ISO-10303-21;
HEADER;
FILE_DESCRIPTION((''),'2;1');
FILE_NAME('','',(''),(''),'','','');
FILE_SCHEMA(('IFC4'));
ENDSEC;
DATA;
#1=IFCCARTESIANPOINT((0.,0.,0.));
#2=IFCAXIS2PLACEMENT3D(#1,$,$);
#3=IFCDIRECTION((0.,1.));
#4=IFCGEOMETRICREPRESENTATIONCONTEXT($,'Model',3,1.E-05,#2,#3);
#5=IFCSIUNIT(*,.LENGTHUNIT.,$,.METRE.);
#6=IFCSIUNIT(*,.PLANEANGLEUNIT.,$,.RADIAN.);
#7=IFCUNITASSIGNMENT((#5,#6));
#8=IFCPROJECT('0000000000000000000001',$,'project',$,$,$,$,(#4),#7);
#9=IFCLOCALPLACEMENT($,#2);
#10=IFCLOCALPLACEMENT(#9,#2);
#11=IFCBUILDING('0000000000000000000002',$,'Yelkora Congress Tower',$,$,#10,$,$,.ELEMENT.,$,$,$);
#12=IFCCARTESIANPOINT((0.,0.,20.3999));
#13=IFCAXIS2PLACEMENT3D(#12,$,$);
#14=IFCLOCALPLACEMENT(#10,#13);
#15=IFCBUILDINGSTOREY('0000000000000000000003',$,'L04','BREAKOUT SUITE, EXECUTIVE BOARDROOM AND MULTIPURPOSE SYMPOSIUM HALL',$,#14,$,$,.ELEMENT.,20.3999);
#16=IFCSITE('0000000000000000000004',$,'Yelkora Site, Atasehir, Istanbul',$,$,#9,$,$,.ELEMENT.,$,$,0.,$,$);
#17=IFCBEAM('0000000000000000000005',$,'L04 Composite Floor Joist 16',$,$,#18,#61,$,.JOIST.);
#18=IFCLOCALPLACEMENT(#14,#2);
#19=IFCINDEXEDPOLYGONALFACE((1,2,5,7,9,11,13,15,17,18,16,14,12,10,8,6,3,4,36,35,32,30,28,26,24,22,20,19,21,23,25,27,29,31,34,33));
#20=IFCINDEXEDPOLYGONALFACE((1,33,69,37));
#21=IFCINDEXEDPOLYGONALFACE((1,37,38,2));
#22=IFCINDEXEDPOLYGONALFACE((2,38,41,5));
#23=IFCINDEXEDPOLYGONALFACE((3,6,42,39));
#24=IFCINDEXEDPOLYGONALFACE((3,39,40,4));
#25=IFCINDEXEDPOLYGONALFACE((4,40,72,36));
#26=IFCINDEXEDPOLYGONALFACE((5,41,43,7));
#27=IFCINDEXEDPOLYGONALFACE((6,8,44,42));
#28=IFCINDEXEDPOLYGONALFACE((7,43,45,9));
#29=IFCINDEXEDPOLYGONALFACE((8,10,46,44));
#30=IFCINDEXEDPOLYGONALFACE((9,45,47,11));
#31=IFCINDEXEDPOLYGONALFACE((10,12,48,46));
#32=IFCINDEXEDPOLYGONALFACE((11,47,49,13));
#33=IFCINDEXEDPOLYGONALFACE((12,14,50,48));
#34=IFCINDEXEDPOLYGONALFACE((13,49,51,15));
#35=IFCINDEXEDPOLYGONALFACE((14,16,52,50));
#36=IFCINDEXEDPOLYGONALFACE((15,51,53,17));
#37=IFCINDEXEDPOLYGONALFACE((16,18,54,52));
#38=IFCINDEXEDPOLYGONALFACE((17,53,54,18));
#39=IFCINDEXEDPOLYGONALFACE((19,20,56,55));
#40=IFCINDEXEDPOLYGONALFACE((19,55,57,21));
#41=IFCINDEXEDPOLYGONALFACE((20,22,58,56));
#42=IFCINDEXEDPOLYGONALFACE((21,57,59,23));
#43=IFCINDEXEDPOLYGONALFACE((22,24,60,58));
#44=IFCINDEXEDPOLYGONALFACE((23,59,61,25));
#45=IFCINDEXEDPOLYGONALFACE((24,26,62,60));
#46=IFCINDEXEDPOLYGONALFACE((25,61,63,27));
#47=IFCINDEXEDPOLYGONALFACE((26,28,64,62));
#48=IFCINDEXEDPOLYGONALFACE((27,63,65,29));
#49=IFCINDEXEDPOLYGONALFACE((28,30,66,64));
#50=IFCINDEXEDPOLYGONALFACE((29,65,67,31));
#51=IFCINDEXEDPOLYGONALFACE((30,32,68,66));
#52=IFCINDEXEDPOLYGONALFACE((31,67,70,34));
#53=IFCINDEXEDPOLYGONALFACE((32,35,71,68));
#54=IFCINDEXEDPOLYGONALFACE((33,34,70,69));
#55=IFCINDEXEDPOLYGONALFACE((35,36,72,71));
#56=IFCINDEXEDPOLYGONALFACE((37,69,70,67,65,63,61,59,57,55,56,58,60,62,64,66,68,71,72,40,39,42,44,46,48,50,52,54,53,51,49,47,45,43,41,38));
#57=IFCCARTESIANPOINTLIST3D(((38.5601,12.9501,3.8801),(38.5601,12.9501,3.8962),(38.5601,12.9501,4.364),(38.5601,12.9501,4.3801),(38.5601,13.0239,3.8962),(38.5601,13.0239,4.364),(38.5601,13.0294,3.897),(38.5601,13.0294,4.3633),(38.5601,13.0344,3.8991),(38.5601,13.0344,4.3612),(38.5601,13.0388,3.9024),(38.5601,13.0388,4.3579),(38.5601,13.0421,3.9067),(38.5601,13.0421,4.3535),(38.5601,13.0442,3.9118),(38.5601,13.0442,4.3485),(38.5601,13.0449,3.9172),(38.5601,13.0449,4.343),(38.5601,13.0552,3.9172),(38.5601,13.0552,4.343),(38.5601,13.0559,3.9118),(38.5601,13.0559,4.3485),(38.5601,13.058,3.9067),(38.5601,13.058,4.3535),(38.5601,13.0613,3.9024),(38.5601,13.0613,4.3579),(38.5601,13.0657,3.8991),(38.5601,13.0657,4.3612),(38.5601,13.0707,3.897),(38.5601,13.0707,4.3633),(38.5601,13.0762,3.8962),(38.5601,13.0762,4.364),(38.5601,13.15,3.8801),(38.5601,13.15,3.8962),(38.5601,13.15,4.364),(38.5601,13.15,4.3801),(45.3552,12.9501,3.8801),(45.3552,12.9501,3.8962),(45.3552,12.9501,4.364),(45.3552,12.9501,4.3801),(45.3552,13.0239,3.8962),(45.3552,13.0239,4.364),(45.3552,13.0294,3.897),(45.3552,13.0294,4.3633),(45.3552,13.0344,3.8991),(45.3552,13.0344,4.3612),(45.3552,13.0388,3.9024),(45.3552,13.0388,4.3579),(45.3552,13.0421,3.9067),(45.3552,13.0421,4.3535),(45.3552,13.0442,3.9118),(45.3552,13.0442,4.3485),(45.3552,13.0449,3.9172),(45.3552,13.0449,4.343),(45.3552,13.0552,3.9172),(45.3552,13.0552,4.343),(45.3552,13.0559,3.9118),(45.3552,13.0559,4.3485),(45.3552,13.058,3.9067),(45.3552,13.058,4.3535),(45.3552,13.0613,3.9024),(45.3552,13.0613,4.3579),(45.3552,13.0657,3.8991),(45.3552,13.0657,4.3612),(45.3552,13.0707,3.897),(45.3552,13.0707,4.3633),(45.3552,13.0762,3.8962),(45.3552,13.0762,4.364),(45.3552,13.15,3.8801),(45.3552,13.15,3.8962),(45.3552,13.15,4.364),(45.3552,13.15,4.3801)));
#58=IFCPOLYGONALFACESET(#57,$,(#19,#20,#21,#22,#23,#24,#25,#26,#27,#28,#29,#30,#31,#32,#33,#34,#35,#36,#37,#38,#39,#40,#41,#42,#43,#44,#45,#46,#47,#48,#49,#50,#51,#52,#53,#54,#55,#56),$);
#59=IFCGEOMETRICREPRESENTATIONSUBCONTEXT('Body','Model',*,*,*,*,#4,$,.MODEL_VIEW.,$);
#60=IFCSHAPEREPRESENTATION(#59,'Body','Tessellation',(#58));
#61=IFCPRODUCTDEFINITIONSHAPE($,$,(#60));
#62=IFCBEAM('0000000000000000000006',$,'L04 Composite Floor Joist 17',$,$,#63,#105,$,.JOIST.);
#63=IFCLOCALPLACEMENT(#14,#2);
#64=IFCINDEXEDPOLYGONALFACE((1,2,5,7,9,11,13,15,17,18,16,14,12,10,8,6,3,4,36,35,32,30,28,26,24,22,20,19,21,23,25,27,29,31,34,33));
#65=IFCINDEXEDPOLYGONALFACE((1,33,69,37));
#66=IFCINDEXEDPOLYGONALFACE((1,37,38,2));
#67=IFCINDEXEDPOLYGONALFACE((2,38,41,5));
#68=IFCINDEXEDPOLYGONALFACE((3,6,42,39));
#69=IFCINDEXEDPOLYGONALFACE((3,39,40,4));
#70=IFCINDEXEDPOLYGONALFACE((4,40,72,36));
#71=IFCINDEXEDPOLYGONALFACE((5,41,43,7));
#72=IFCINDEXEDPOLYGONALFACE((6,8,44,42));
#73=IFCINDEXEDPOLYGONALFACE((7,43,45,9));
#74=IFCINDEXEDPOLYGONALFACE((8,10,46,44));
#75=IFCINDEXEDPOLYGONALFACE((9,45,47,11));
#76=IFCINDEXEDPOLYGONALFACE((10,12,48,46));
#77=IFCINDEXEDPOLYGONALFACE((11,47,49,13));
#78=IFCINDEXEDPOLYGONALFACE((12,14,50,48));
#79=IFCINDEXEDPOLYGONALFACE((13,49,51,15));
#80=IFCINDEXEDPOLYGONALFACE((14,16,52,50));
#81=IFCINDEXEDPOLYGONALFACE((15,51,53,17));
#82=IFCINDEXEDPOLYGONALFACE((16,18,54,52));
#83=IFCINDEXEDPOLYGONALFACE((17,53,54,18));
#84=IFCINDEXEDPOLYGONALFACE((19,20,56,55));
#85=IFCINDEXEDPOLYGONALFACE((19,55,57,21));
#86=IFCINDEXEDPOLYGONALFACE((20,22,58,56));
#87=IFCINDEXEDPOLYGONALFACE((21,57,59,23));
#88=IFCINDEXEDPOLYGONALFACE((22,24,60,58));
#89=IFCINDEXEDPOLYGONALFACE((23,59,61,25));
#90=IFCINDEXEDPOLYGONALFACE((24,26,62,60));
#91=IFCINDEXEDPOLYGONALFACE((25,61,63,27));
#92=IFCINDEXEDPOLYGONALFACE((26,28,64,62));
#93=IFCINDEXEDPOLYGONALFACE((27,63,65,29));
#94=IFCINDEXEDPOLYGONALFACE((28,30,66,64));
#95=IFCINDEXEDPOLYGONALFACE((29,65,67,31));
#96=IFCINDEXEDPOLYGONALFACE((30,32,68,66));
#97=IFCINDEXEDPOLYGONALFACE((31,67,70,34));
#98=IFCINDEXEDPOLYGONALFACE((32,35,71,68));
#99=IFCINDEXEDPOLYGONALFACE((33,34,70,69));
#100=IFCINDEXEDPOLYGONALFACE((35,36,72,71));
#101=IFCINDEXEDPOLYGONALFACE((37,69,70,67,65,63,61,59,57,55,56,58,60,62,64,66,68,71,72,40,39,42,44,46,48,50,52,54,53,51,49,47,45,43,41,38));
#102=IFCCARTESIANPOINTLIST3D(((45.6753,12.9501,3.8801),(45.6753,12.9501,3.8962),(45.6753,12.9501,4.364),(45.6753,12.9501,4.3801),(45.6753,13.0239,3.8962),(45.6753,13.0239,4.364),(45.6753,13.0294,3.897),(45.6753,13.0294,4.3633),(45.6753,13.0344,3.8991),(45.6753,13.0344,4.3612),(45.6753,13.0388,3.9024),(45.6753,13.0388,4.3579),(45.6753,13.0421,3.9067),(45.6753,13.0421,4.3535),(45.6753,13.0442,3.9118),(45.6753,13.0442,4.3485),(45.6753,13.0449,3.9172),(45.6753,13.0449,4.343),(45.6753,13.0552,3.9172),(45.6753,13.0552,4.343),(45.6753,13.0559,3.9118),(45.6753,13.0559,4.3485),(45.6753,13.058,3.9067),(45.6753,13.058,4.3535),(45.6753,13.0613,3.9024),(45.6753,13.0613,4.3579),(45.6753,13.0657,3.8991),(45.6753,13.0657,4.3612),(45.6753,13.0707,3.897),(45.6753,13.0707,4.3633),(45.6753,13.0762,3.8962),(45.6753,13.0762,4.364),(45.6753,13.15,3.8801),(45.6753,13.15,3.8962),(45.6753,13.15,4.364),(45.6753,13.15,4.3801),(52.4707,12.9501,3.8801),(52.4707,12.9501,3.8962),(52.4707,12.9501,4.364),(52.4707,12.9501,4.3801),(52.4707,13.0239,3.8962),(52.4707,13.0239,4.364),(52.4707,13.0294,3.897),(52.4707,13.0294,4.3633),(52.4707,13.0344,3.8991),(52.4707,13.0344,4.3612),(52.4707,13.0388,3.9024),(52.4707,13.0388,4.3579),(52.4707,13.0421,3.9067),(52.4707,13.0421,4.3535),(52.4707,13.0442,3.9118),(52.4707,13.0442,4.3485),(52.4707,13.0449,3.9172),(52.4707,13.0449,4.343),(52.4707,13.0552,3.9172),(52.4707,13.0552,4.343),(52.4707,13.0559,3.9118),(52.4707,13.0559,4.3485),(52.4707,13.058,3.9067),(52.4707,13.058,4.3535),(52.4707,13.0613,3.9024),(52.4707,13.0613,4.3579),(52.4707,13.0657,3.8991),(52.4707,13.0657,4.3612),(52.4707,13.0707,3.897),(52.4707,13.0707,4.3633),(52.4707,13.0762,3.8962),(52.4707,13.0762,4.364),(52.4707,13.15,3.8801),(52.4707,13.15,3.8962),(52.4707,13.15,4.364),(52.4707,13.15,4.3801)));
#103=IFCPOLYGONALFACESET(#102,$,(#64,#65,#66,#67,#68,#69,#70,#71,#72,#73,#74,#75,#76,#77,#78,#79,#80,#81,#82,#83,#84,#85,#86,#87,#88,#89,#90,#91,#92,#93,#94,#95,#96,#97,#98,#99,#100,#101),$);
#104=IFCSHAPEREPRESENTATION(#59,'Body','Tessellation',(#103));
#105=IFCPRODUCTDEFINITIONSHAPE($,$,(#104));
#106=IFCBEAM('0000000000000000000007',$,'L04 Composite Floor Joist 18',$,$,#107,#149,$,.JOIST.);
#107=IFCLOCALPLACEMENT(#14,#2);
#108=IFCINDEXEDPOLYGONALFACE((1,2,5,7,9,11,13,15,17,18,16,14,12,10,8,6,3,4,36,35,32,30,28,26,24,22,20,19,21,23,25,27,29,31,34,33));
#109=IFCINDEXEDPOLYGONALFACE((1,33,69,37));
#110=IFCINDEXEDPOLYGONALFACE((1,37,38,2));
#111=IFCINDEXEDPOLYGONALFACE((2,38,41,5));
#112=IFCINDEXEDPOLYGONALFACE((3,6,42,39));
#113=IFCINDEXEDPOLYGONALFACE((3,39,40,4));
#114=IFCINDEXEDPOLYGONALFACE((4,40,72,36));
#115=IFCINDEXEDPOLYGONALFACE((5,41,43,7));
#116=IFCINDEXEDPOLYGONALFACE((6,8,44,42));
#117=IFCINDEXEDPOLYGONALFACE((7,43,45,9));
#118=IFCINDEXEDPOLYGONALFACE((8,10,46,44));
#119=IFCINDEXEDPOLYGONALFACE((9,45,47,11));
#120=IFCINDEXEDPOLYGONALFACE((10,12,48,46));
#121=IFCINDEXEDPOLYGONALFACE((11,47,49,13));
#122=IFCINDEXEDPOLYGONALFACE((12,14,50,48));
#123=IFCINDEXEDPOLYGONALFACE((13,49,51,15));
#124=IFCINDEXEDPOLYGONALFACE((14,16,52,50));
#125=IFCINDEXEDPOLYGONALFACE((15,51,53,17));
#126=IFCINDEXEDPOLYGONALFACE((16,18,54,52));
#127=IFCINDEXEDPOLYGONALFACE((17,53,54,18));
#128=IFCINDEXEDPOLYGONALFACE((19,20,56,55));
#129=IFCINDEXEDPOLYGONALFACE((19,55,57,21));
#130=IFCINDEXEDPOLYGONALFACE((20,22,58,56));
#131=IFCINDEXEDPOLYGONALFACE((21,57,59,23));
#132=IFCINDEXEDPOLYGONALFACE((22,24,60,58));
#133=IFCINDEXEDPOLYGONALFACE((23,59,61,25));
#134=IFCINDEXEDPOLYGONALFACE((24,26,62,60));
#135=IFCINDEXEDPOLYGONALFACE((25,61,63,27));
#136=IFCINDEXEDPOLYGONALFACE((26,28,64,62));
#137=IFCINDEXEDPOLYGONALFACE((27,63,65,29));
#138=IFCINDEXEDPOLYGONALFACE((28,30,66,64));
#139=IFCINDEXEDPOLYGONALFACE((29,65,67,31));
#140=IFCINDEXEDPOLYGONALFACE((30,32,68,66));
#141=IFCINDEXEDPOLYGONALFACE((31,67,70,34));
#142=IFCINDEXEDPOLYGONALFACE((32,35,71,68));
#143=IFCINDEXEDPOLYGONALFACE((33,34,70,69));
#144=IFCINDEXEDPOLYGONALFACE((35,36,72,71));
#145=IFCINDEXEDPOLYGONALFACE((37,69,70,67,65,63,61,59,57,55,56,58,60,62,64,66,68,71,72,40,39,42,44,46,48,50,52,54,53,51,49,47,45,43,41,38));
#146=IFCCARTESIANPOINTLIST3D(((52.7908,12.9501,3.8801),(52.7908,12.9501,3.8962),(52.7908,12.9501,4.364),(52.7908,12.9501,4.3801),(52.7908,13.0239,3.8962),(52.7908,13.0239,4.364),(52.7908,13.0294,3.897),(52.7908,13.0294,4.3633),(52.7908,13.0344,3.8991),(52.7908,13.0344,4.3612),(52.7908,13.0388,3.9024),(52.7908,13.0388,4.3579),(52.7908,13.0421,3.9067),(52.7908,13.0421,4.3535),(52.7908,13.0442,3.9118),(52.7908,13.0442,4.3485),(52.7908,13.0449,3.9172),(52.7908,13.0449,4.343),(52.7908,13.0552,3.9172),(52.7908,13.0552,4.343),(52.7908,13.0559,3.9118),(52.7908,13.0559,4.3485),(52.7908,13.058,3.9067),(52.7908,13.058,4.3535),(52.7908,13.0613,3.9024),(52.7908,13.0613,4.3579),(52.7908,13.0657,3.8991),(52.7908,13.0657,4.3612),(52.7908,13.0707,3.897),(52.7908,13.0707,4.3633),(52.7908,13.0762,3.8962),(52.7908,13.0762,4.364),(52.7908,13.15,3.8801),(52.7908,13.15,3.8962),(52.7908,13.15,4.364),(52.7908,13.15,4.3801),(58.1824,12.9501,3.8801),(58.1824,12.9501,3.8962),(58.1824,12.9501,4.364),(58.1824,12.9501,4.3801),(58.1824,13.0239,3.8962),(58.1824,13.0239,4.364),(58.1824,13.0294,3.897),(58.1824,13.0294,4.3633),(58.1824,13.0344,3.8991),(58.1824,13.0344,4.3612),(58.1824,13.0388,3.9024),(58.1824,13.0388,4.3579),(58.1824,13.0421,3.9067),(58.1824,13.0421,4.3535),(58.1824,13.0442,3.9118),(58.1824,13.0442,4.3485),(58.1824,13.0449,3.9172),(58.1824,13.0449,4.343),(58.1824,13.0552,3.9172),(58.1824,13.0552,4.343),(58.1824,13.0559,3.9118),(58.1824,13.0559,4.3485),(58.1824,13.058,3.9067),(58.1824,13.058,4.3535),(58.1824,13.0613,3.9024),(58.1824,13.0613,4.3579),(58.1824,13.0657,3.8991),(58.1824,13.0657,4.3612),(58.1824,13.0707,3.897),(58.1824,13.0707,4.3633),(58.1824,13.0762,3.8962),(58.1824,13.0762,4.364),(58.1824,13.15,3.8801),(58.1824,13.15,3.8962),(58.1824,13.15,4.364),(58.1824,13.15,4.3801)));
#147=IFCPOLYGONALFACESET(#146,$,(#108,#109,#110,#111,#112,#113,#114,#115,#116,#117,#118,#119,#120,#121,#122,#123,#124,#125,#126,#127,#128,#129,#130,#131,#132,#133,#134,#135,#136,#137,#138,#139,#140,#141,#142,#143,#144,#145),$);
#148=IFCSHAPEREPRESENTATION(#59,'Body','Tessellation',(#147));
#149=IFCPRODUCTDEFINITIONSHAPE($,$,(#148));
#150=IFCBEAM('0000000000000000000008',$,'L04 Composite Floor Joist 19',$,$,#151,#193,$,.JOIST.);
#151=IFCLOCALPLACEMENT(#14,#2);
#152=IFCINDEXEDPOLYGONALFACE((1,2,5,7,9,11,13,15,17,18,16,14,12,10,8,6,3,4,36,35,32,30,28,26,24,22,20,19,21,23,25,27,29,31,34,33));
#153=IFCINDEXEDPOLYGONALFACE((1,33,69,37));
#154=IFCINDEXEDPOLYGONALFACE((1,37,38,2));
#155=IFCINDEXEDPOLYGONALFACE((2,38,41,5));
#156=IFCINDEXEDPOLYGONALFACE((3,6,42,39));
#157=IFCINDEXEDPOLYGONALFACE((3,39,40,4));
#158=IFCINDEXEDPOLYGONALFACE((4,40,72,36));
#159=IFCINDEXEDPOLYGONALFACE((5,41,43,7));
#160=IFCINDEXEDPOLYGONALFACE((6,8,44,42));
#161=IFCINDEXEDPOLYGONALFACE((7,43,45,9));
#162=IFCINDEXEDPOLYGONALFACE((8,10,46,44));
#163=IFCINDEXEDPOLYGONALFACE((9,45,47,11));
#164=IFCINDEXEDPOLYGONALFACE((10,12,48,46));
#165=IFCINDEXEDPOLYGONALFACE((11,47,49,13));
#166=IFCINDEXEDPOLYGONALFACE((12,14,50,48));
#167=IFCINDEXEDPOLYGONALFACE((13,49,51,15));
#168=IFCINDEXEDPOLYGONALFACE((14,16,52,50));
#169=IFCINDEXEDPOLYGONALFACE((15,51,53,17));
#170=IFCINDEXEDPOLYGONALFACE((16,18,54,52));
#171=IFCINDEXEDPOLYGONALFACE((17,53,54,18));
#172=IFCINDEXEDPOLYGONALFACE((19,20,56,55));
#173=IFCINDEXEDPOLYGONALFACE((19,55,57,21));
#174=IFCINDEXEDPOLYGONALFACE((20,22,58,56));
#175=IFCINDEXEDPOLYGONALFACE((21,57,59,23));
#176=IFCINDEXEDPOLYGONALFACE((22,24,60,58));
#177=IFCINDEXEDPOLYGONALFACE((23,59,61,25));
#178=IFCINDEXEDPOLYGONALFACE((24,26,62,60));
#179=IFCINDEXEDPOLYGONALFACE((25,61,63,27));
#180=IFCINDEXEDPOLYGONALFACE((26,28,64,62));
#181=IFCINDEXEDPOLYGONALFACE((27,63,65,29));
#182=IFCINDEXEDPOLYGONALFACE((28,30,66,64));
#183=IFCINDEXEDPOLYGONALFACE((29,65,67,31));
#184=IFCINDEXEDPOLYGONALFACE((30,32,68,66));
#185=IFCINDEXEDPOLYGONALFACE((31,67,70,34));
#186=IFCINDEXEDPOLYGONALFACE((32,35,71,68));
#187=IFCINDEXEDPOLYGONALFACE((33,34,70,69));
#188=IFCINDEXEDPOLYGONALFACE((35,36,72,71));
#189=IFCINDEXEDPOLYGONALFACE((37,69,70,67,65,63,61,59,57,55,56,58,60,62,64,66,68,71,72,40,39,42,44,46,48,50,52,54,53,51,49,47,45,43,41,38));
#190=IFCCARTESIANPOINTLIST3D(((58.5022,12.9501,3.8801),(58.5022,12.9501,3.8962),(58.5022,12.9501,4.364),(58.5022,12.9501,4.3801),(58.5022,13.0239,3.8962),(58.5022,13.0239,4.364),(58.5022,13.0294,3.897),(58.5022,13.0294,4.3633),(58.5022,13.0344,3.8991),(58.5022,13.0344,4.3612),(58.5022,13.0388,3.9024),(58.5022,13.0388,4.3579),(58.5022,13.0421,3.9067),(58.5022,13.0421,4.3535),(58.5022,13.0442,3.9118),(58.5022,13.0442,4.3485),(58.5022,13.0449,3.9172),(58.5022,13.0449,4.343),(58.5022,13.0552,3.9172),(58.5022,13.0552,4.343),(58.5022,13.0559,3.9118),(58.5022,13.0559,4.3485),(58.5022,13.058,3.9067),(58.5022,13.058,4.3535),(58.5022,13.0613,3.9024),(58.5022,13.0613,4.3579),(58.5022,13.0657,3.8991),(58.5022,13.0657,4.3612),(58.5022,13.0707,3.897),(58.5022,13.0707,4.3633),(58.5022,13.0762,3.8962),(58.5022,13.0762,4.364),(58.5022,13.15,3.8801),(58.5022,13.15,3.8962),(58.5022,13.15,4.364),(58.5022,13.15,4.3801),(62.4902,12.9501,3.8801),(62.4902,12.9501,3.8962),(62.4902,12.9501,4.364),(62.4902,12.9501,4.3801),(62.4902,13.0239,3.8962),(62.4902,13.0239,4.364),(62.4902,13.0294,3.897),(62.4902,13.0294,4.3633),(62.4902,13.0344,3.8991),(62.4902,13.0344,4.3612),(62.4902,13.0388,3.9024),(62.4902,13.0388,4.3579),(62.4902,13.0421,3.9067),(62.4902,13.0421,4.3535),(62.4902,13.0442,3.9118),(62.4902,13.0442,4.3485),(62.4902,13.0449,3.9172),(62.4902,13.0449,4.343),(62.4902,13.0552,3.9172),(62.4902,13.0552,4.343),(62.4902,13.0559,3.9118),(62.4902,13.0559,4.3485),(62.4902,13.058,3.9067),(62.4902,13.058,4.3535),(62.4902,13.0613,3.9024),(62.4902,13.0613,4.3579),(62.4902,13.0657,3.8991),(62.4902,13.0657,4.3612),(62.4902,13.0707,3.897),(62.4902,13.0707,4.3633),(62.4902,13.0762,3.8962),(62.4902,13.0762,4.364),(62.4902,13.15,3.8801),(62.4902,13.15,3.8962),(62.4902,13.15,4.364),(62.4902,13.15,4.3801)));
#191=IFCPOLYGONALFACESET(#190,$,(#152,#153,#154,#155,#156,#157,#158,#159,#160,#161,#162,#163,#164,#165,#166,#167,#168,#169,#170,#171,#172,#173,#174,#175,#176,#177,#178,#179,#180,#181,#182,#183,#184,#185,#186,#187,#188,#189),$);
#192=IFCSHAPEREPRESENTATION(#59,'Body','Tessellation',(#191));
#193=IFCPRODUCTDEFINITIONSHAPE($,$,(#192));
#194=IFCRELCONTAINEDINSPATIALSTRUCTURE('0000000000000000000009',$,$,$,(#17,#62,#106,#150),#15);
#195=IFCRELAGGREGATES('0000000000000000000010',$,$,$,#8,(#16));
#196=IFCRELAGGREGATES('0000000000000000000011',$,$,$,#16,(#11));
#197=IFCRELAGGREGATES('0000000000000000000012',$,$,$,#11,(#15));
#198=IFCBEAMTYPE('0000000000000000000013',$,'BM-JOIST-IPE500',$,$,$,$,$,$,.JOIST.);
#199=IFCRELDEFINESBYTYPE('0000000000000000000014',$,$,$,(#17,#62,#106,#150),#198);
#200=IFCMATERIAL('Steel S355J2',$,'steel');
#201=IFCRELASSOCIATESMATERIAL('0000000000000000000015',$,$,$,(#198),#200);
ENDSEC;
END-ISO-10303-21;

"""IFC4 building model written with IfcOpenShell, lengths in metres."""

from ifc_helpers import new_model, si_unit, direction, frame, origin, origin_2d, place, context, subcontext, project, spatial, i_section, extrude, material, material_profile, profile_set, type_object, element, save


model = new_model("IFC4")

# Units and contexts
model_context = context("Model", 3, precision=1e-05, world=origin(), true_north=direction((0.0, 1.0)))
body_context = subcontext(model_context, "Body", "Model", "MODEL_VIEW")
ifc_project = project(units=[si_unit("LENGTHUNIT", "METRE"), si_unit("PLANEANGLEUNIT", "RADIAN")], contexts=[model_context])

# Site, building, storey
site_placement = place(None, origin())
site = spatial("IfcSite", under=ifc_project, at=site_placement, Name="Yelkora Site, Atasehir, Istanbul", CompositionType="ELEMENT", RefElevation=0.0)
building_placement = place(site_placement, origin())
building = spatial("IfcBuilding", under=site, at=building_placement, Name="Yelkora Congress Tower", CompositionType="ELEMENT")
storey_placement = place(building_placement, frame((0.0, 0.0, 20.3999)))
storey = spatial("IfcBuildingStorey", under=building, at=storey_placement, Name="L04", Description="BREAKOUT SUITE, EXECUTIVE BOARDROOM AND MULTIPURPOSE SYMPOSIUM HALL", CompositionType="ELEMENT", Elevation=20.3999)

# Beams
ifc_material_1 = material(Name="Steel S355J2", Category="steel")
ifc_material_profile_1 = material_profile(ifc_material_1, i_section(OverallWidth=0.2, OverallDepth=0.5, WebThickness=0.0103, FlangeThickness=0.0161, FilletRadius=0.021, at=origin_2d()), Name="IPE 500")
ifc_profile_set_1 = profile_set([ifc_material_profile_1], Name="Steel S355J2")
beam_type_1 = type_object("IfcBeamType", Name="BM-JOIST-IPE500", PredefinedType="JOIST", material=ifc_profile_set_1)
beam_1_placement = place(storey_placement, frame((38.5601, 13.05, 4.1301), z_axis=(1.0, 0.0, 0.0), x_axis=(0.0, 1.0, 0.0)))
element("IfcBeam", 1, at=beam_1_placement, inside=storey, type_object=beam_type_1, Name="L04 Composite Floor Joist 16", PredefinedType="JOIST", context=body_context, shape_type="SweptSolid", body=[
    extrude(i_section(OverallWidth=0.2, OverallDepth=0.5, WebThickness=0.0103, FlangeThickness=0.0161, FilletRadius=0.021, at=origin_2d()), origin(), (0.0, 0.0, 1.0), 6.7952),
])
beam_2_placement = place(storey_placement, frame((45.6753, 13.05, 4.1301), z_axis=(1.0, 0.0, 0.0), x_axis=(0.0, 1.0, 0.0)))
element("IfcBeam", 2, at=beam_2_placement, inside=storey, type_object=beam_type_1, Name="L04 Composite Floor Joist 17", PredefinedType="JOIST", context=body_context, shape_type="SweptSolid", body=[
    extrude(i_section(OverallWidth=0.2, OverallDepth=0.5, WebThickness=0.0103, FlangeThickness=0.0161, FilletRadius=0.021, at=origin_2d()), origin(), (0.0, 0.0, 1.0), 6.7954),
])
beam_3_placement = place(storey_placement, frame((52.7908, 13.05, 4.1301), z_axis=(1.0, 0.0, 0.0), x_axis=(0.0, 1.0, 0.0)))
element("IfcBeam", 3, at=beam_3_placement, inside=storey, type_object=beam_type_1, Name="L04 Composite Floor Joist 18", PredefinedType="JOIST", context=body_context, shape_type="SweptSolid", body=[
    extrude(i_section(OverallWidth=0.2, OverallDepth=0.5, WebThickness=0.0103, FlangeThickness=0.0161, FilletRadius=0.021, at=origin_2d()), origin(), (0.0, 0.0, 1.0), 5.3916),
])
beam_4_placement = place(storey_placement, frame((58.5022, 13.05, 4.1301), z_axis=(1.0, 0.0, 0.0), x_axis=(0.0, 1.0, 0.0)))
element("IfcBeam", 4, at=beam_4_placement, inside=storey, type_object=beam_type_1, Name="L04 Composite Floor Joist 19", PredefinedType="JOIST", context=body_context, shape_type="SweptSolid", body=[
    extrude(i_section(OverallWidth=0.2, OverallDepth=0.5, WebThickness=0.0103, FlangeThickness=0.0161, FilletRadius=0.021, at=origin_2d()), origin(), (0.0, 0.0, 1.0), 3.988),
])

save(model, "model.ifc")
